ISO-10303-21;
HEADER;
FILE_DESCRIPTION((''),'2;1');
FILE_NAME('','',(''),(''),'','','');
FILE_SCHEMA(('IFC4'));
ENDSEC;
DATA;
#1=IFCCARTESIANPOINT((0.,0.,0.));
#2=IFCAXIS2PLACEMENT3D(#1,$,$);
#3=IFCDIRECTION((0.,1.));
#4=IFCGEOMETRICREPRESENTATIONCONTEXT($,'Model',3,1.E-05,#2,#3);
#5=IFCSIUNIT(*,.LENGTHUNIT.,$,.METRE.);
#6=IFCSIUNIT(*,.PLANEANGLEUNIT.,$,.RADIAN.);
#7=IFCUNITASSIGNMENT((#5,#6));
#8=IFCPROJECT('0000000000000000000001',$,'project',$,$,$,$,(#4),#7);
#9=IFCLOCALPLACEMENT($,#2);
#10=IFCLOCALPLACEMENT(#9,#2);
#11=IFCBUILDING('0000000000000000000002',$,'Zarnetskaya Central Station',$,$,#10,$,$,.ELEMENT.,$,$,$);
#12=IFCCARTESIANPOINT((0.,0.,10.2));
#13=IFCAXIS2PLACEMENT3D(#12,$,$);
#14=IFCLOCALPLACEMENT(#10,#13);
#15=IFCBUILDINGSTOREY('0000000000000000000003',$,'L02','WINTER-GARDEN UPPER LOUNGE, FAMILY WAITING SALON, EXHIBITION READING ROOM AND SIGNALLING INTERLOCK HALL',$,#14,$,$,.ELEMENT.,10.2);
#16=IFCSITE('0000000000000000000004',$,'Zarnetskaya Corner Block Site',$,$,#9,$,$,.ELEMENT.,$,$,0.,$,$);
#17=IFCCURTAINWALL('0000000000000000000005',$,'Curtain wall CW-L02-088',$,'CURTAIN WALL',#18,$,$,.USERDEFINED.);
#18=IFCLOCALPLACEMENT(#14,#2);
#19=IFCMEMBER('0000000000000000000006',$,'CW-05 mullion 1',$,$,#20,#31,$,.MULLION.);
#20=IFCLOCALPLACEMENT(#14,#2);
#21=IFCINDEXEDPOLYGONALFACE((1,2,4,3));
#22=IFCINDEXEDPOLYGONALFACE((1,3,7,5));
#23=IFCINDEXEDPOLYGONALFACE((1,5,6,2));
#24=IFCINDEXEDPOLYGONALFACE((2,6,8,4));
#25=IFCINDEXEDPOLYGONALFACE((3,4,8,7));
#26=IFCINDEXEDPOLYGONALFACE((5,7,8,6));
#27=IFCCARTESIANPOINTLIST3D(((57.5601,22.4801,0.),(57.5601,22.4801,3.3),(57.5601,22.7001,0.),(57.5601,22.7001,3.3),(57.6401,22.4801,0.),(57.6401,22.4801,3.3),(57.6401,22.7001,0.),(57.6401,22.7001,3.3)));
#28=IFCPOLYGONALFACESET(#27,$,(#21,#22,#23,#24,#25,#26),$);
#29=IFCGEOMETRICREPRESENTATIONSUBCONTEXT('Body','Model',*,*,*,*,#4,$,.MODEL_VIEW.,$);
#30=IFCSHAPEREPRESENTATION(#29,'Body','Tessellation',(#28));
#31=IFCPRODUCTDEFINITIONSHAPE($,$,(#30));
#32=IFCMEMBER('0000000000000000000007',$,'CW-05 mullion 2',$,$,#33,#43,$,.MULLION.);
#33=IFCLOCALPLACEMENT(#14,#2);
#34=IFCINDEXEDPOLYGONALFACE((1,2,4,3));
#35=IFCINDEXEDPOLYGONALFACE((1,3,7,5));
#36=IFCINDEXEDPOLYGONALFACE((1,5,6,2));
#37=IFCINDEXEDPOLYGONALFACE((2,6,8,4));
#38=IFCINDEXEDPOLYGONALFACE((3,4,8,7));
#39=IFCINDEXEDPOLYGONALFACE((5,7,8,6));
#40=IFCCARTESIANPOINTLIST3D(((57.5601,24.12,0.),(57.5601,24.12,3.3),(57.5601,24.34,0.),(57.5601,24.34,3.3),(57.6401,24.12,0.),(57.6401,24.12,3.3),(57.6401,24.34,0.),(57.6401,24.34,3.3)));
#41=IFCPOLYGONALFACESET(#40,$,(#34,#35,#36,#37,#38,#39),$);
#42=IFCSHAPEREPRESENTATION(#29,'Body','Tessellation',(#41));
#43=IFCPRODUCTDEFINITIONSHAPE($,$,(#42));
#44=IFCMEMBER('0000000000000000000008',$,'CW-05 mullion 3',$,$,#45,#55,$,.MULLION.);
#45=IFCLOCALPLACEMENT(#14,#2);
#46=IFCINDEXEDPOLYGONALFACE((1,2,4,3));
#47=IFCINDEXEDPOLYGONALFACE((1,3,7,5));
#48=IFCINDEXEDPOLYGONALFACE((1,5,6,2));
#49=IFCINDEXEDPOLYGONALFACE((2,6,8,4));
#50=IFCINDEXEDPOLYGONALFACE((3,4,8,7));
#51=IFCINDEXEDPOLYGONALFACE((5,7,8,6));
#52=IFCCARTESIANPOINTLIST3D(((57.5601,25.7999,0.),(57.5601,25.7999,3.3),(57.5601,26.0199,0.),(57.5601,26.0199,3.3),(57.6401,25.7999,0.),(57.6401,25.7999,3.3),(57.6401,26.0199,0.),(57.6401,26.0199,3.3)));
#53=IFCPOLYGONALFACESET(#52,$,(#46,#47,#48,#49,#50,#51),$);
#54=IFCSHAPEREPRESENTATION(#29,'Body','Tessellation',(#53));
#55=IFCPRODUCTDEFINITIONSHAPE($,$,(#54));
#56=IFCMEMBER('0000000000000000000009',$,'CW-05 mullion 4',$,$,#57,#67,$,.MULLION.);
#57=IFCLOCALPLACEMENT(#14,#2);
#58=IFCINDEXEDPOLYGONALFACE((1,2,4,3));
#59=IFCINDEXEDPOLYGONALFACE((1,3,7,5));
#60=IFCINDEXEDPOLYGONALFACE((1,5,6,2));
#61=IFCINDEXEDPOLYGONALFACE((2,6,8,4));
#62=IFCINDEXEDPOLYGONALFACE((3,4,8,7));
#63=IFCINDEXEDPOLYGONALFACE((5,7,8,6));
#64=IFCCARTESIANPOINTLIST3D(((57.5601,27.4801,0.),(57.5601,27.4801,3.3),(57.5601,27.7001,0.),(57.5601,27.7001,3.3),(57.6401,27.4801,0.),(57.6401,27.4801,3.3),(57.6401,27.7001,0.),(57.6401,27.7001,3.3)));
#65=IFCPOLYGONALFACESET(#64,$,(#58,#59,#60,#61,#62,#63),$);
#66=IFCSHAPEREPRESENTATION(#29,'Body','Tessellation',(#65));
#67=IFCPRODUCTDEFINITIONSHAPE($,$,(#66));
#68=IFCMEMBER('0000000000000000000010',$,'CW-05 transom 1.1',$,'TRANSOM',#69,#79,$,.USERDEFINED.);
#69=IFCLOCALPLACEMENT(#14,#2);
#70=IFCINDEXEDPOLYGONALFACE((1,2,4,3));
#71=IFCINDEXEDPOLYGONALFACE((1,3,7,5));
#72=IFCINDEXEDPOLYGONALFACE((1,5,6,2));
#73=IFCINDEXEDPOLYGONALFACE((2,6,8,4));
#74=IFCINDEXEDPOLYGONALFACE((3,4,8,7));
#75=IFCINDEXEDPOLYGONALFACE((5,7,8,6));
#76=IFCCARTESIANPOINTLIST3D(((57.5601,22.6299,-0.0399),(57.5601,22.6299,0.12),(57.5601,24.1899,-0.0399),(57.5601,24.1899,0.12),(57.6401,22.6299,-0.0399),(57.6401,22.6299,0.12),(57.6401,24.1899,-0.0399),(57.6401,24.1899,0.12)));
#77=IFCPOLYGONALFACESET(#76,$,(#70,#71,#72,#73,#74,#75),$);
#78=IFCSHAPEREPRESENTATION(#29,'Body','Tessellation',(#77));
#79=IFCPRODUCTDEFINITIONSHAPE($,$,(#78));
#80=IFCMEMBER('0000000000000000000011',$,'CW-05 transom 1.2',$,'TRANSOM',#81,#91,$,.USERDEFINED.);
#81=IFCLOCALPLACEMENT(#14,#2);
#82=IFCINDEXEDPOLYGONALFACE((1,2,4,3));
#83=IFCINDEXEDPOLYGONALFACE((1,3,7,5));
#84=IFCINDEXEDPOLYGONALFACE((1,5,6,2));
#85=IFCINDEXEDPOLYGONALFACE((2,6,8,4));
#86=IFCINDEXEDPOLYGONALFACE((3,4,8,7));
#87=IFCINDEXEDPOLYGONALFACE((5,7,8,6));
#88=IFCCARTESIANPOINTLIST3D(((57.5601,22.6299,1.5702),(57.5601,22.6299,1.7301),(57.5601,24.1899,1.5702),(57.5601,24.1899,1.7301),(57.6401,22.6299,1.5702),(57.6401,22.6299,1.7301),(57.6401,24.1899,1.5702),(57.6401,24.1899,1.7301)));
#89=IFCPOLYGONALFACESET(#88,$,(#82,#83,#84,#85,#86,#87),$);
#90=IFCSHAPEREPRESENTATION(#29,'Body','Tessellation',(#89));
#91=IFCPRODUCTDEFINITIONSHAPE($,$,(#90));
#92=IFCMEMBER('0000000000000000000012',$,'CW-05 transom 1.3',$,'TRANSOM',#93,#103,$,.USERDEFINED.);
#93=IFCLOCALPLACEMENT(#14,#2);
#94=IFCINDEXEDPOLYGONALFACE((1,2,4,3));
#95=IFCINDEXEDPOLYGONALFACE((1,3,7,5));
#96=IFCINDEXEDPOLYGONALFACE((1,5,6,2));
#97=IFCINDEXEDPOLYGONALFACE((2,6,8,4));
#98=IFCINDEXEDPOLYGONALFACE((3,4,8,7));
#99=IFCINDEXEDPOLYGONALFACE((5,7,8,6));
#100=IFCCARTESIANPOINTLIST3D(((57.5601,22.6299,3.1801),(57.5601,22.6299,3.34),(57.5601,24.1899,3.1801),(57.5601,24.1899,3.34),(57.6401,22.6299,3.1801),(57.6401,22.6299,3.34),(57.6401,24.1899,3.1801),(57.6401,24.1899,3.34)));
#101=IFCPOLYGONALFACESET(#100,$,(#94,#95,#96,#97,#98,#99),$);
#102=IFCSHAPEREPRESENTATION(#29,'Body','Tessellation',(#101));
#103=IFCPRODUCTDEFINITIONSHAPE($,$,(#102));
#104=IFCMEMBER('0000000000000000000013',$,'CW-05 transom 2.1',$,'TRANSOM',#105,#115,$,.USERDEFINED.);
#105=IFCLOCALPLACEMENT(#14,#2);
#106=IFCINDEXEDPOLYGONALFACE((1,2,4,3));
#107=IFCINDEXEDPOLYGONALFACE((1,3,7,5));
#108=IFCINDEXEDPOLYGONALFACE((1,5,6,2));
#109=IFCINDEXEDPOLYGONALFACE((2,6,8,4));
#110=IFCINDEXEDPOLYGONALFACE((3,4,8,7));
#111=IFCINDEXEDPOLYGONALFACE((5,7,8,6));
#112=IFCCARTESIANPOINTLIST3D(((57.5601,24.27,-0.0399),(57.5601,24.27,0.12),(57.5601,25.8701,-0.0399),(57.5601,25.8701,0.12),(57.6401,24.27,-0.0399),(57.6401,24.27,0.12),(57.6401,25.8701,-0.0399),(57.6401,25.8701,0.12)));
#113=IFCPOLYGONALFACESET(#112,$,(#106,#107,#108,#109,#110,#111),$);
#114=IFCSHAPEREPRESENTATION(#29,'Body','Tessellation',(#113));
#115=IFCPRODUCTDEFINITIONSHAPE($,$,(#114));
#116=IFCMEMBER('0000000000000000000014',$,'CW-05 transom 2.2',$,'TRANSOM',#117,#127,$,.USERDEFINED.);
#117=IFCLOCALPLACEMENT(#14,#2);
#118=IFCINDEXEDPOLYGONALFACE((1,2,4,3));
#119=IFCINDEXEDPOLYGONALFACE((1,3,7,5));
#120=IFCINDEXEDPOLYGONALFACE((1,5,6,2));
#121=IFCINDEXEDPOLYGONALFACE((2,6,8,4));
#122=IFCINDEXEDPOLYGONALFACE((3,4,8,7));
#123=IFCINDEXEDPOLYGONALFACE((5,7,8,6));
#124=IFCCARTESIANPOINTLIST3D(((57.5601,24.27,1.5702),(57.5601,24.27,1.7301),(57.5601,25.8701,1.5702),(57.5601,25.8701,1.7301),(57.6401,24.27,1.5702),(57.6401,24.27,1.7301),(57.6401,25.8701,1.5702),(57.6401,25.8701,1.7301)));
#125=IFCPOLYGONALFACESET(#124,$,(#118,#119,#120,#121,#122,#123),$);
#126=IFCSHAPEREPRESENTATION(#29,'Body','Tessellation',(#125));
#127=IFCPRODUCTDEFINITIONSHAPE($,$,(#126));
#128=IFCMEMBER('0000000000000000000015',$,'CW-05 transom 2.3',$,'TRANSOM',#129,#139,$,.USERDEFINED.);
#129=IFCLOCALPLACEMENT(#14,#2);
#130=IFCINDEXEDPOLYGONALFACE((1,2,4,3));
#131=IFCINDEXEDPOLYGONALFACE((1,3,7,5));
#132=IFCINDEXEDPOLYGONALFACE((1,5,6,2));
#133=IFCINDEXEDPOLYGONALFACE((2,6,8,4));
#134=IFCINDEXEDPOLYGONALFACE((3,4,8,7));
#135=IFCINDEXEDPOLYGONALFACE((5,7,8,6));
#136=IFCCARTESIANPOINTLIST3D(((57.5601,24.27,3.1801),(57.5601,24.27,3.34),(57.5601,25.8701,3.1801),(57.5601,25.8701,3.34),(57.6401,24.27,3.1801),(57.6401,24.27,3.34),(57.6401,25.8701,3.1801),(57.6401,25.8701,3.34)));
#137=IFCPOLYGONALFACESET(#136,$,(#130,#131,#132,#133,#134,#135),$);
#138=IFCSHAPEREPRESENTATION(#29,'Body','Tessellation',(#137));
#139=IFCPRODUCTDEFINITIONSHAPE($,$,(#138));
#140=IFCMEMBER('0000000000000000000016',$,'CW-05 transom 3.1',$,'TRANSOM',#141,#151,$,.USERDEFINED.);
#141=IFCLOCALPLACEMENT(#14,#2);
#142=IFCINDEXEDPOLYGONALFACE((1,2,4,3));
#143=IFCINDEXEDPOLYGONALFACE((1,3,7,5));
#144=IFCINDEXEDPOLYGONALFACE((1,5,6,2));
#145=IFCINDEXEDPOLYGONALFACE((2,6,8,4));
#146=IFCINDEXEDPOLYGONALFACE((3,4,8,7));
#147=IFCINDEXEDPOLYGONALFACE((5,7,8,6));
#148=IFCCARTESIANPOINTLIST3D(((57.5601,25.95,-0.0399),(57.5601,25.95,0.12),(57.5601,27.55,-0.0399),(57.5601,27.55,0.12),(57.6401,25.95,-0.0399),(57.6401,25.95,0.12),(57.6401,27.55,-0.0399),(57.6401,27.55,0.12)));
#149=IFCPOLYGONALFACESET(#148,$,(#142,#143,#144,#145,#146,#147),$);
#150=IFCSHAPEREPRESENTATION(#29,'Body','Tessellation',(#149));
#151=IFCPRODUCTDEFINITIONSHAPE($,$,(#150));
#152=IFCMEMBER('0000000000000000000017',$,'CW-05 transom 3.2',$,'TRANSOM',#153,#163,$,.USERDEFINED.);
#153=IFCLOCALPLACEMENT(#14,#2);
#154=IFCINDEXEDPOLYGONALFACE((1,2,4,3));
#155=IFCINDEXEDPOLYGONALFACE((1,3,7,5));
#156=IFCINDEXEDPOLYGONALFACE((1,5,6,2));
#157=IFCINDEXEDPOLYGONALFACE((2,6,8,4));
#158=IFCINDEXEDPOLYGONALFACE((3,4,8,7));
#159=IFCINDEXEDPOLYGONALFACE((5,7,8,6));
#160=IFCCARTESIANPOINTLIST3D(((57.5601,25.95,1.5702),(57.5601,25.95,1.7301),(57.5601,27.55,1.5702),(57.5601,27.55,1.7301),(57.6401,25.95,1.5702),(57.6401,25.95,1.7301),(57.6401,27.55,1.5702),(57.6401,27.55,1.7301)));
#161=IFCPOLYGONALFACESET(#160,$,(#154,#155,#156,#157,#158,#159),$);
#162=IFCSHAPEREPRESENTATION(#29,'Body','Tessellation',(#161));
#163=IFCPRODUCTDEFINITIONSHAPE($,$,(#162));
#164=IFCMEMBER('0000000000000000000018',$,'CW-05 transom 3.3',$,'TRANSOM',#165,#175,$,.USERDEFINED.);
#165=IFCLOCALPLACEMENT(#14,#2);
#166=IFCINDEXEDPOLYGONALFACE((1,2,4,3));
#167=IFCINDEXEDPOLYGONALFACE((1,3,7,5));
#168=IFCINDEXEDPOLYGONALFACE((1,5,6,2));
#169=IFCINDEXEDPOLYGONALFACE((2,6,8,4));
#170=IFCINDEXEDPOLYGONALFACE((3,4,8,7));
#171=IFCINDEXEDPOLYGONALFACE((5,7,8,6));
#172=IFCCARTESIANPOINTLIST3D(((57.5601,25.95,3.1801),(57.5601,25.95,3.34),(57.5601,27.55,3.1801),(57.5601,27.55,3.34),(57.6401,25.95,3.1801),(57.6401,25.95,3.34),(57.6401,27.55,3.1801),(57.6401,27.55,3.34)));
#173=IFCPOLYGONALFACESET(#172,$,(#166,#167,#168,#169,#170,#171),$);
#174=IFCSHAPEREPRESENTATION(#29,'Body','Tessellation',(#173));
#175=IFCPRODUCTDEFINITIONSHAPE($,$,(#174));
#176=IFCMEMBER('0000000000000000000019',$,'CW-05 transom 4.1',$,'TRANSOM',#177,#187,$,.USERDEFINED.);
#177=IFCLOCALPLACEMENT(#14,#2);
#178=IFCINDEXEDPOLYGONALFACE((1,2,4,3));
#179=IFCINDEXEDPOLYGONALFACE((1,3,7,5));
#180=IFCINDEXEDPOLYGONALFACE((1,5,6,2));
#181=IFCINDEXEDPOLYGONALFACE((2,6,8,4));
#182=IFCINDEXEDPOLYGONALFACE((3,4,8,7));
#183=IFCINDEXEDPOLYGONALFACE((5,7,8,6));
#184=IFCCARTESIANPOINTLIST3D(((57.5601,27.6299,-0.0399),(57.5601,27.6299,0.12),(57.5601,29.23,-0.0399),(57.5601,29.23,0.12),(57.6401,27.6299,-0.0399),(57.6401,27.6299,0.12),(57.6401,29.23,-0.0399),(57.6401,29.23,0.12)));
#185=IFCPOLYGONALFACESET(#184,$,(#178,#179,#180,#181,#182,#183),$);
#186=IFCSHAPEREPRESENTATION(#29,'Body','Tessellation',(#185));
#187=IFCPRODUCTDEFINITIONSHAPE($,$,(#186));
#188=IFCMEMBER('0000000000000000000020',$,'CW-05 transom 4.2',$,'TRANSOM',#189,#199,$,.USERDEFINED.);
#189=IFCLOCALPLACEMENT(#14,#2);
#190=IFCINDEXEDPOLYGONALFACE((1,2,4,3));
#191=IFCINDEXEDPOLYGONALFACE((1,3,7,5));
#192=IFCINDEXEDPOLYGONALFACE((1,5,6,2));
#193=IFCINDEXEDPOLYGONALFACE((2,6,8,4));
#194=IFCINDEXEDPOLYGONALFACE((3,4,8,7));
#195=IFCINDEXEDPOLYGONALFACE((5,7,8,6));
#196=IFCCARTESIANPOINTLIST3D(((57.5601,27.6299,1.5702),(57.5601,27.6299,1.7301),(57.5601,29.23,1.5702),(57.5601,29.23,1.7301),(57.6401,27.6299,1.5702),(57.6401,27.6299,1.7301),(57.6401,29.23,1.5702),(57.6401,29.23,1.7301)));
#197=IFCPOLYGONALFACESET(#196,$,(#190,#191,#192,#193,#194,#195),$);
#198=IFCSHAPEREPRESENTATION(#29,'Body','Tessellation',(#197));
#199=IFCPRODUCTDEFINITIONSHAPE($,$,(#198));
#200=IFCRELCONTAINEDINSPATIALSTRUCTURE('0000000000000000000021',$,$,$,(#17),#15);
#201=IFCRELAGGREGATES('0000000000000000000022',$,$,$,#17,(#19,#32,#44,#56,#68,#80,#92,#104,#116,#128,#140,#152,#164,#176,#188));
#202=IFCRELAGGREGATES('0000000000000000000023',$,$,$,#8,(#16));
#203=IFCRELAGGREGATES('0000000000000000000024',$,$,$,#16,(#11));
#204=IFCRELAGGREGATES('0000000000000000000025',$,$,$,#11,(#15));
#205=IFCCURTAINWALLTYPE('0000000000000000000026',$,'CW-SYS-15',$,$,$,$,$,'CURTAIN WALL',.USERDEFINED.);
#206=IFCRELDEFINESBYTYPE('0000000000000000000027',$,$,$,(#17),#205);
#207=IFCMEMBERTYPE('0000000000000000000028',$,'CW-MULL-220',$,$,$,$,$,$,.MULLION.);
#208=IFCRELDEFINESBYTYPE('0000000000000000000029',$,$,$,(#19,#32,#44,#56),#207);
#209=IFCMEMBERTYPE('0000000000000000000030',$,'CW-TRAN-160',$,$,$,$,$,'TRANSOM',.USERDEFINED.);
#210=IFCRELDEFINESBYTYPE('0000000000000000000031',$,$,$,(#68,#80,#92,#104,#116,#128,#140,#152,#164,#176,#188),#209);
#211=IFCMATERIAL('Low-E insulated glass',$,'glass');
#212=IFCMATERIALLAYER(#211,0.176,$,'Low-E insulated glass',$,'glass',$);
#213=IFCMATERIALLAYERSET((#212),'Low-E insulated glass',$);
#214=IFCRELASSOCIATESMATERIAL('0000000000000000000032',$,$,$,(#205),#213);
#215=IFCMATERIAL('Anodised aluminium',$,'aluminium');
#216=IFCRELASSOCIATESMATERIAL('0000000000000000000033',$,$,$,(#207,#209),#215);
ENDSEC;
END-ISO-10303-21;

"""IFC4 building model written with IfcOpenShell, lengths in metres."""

from ifc_helpers import new_model, si_unit, direction, frame, origin, origin_2d, place, context, subcontext, project, spatial, rectangle, extrude, material, layer, layer_set, material_profile, profile_set, type_object, element, aggregate, save


model = new_model("IFC4")

# Units and contexts
model_context = context("Model", 3, precision=1e-05, world=origin(), true_north=direction((0.0, 1.0)))
body_context = subcontext(model_context, "Body", "Model", "MODEL_VIEW")
ifc_project = project(units=[si_unit("LENGTHUNIT", "METRE"), si_unit("PLANEANGLEUNIT", "RADIAN")], contexts=[model_context])

# Site, building, storey
site_placement = place(None, origin())
site = spatial("IfcSite", under=ifc_project, at=site_placement, Name="Zarnetskaya Corner Block Site", CompositionType="ELEMENT", RefElevation=0.0)
building_placement = place(site_placement, origin())
building = spatial("IfcBuilding", under=site, at=building_placement, Name="Zarnetskaya Central Station", CompositionType="ELEMENT")
storey_placement = place(building_placement, frame((0.0, 0.0, 10.2)))
storey = spatial("IfcBuildingStorey", under=building, at=storey_placement, Name="L02", Description="WINTER-GARDEN UPPER LOUNGE, FAMILY WAITING SALON, EXHIBITION READING ROOM AND SIGNALLING INTERLOCK HALL", CompositionType="ELEMENT", Elevation=10.2)

# Curtain wall, members
ifc_material_1 = material(Name="Low-E insulated glass", Category="glass")
ifc_layer_1 = layer(ifc_material_1, 0.176, Name="Low-E insulated glass", Category="glass")
ifc_layer_set_1 = layer_set([ifc_layer_1], Name="Low-E insulated glass")
curtain_wall_type = type_object("IfcCurtainWallType", Name="CW-SYS-15", ElementType="CURTAIN WALL", PredefinedType="USERDEFINED", material=ifc_layer_set_1)
curtain_wall_placement = place(storey_placement, origin())
curtain_wall = element("IfcCurtainWall", 1, at=curtain_wall_placement, inside=storey, type_object=curtain_wall_type, Name="Curtain wall CW-L02-088", ObjectType="CURTAIN WALL", PredefinedType="USERDEFINED")
ifc_material_2 = material(Name="Anodised aluminium", Category="aluminium")
ifc_material_profile_1 = material_profile(ifc_material_2, rectangle(XDim=0.0801, YDim=0.22, at=origin_2d()), Name="ALU MULL 80x220")
ifc_profile_set_1 = profile_set([ifc_material_profile_1], Name="Anodised aluminium")
member_type_1 = type_object("IfcMemberType", Name="CW-MULL-220", PredefinedType="MULLION", material=ifc_profile_set_1)
member_1_placement = place(storey_placement, frame((57.6001, 22.5901, 0.0), z_axis=(0.0, 0.0, 1.0), x_axis=(-1.0, 0.0, 0.0)))
member_1 = element("IfcMember", 2, at=member_1_placement, type_object=member_type_1, Name="CW-05 mullion 1", PredefinedType="MULLION", context=body_context, shape_type="SweptSolid", body=[
    extrude(rectangle(XDim=0.0801, YDim=0.22, at=origin_2d()), origin(), (0.0, 0.0, 1.0), 3.3),
])
member_2_placement = place(storey_placement, frame((57.6001, 24.23, 0.0), z_axis=(0.0, 0.0, 1.0), x_axis=(-1.0, 0.0, 0.0)))
member_2 = element("IfcMember", 3, at=member_2_placement, type_object=member_type_1, Name="CW-05 mullion 2", PredefinedType="MULLION", context=body_context, shape_type="SweptSolid", body=[
    extrude(rectangle(XDim=0.0801, YDim=0.22, at=origin_2d()), origin(), (0.0, 0.0, 1.0), 3.3),
])
member_3_placement = place(storey_placement, frame((57.6001, 25.9099, 0.0), z_axis=(0.0, 0.0, 1.0), x_axis=(-1.0, 0.0, 0.0)))
member_3 = element("IfcMember", 4, at=member_3_placement, type_object=member_type_1, Name="CW-05 mullion 3", PredefinedType="MULLION", context=body_context, shape_type="SweptSolid", body=[
    extrude(rectangle(XDim=0.0801, YDim=0.22, at=origin_2d()), origin(), (0.0, 0.0, 1.0), 3.3),
])
member_4_placement = place(storey_placement, frame((57.6001, 27.5901, 0.0), z_axis=(0.0, 0.0, 1.0), x_axis=(-1.0, 0.0, 0.0)))
member_4 = element("IfcMember", 5, at=member_4_placement, type_object=member_type_1, Name="CW-05 mullion 4", PredefinedType="MULLION", context=body_context, shape_type="SweptSolid", body=[
    extrude(rectangle(XDim=0.0801, YDim=0.22, at=origin_2d()), origin(), (0.0, 0.0, 1.0), 3.3),
])
ifc_material_profile_2 = material_profile(ifc_material_2, rectangle(XDim=0.0801, YDim=0.1599, at=origin_2d()), Name="ALU TRAN 80x160")
ifc_profile_set_2 = profile_set([ifc_material_profile_2], Name="Anodised aluminium")
member_type_2 = type_object("IfcMemberType", Name="CW-TRAN-160", ElementType="TRANSOM", PredefinedType="USERDEFINED", material=ifc_profile_set_2)
member_5_placement = place(storey_placement, frame((57.6001, 22.6299, 0.04), z_axis=(0.0, 1.0, 0.0), x_axis=(-1.0, 0.0, 0.0)))
member_5 = element("IfcMember", 6, at=member_5_placement, type_object=member_type_2, Name="CW-05 transom 1.1", ObjectType="TRANSOM", PredefinedType="USERDEFINED", context=body_context, shape_type="SweptSolid", body=[
    extrude(rectangle(XDim=0.0801, YDim=0.1599, at=origin_2d()), origin(), (0.0, 0.0, 1.0), 1.5601),
])
member_6_placement = place(storey_placement, frame((57.6001, 22.6299, 1.6501), z_axis=(0.0, 1.0, 0.0), x_axis=(-1.0, 0.0, 0.0)))
member_6 = element("IfcMember", 7, at=member_6_placement, type_object=member_type_2, Name="CW-05 transom 1.2", ObjectType="TRANSOM", PredefinedType="USERDEFINED", context=body_context, shape_type="SweptSolid", body=[
    extrude(rectangle(XDim=0.0801, YDim=0.1599, at=origin_2d()), origin(), (0.0, 0.0, 1.0), 1.5601),
])
member_7_placement = place(storey_placement, frame((57.6001, 22.6299, 3.26), z_axis=(0.0, 1.0, 0.0), x_axis=(-1.0, 0.0, 0.0)))
member_7 = element("IfcMember", 8, at=member_7_placement, type_object=member_type_2, Name="CW-05 transom 1.3", ObjectType="TRANSOM", PredefinedType="USERDEFINED", context=body_context, shape_type="SweptSolid", body=[
    extrude(rectangle(XDim=0.0801, YDim=0.1599, at=origin_2d()), origin(), (0.0, 0.0, 1.0), 1.5601),
])
member_8_placement = place(storey_placement, frame((57.6001, 24.27, 0.04), z_axis=(0.0, 1.0, 0.0), x_axis=(-1.0, 0.0, 0.0)))
member_8 = element("IfcMember", 9, at=member_8_placement, type_object=member_type_2, Name="CW-05 transom 2.1", ObjectType="TRANSOM", PredefinedType="USERDEFINED", context=body_context, shape_type="SweptSolid", body=[
    extrude(rectangle(XDim=0.0801, YDim=0.1599, at=origin_2d()), origin(), (0.0, 0.0, 1.0), 1.6001),
])
member_9_placement = place(storey_placement, frame((57.6001, 24.27, 1.6501), z_axis=(0.0, 1.0, 0.0), x_axis=(-1.0, 0.0, 0.0)))
member_9 = element("IfcMember", 10, at=member_9_placement, type_object=member_type_2, Name="CW-05 transom 2.2", ObjectType="TRANSOM", PredefinedType="USERDEFINED", context=body_context, shape_type="SweptSolid", body=[
    extrude(rectangle(XDim=0.0801, YDim=0.1599, at=origin_2d()), origin(), (0.0, 0.0, 1.0), 1.6001),
])
member_10_placement = place(storey_placement, frame((57.6001, 24.27, 3.26), z_axis=(0.0, 1.0, 0.0), x_axis=(-1.0, 0.0, 0.0)))
member_10 = element("IfcMember", 11, at=member_10_placement, type_object=member_type_2, Name="CW-05 transom 2.3", ObjectType="TRANSOM", PredefinedType="USERDEFINED", context=body_context, shape_type="SweptSolid", body=[
    extrude(rectangle(XDim=0.0801, YDim=0.1599, at=origin_2d()), origin(), (0.0, 0.0, 1.0), 1.6001),
])
member_11_placement = place(storey_placement, frame((57.6001, 25.95, 0.04), z_axis=(0.0, 1.0, 0.0), x_axis=(-1.0, 0.0, 0.0)))
member_11 = element("IfcMember", 12, at=member_11_placement, type_object=member_type_2, Name="CW-05 transom 3.1", ObjectType="TRANSOM", PredefinedType="USERDEFINED", context=body_context, shape_type="SweptSolid", body=[
    extrude(rectangle(XDim=0.0801, YDim=0.1599, at=origin_2d()), origin(), (0.0, 0.0, 1.0), 1.6001),
])
member_12_placement = place(storey_placement, frame((57.6001, 25.95, 1.6501), z_axis=(0.0, 1.0, 0.0), x_axis=(-1.0, 0.0, 0.0)))
member_12 = element("IfcMember", 13, at=member_12_placement, type_object=member_type_2, Name="CW-05 transom 3.2", ObjectType="TRANSOM", PredefinedType="USERDEFINED", context=body_context, shape_type="SweptSolid", body=[
    extrude(rectangle(XDim=0.0801, YDim=0.1599, at=origin_2d()), origin(), (0.0, 0.0, 1.0), 1.6001),
])
member_13_placement = place(storey_placement, frame((57.6001, 25.95, 3.26), z_axis=(0.0, 1.0, 0.0), x_axis=(-1.0, 0.0, 0.0)))
member_13 = element("IfcMember", 14, at=member_13_placement, type_object=member_type_2, Name="CW-05 transom 3.3", ObjectType="TRANSOM", PredefinedType="USERDEFINED", context=body_context, shape_type="SweptSolid", body=[
    extrude(rectangle(XDim=0.0801, YDim=0.1599, at=origin_2d()), origin(), (0.0, 0.0, 1.0), 1.6001),
])
member_14_placement = place(storey_placement, frame((57.6001, 27.6299, 0.04), z_axis=(0.0, 1.0, 0.0), x_axis=(-1.0, 0.0, 0.0)))
member_14 = element("IfcMember", 15, at=member_14_placement, type_object=member_type_2, Name="CW-05 transom 4.1", ObjectType="TRANSOM", PredefinedType="USERDEFINED", context=body_context, shape_type="SweptSolid", body=[
    extrude(rectangle(XDim=0.0801, YDim=0.1599, at=origin_2d()), origin(), (0.0, 0.0, 1.0), 1.6001),
])
member_15_placement = place(storey_placement, frame((57.6001, 27.6299, 1.6501), z_axis=(0.0, 1.0, 0.0), x_axis=(-1.0, 0.0, 0.0)))
member_15 = element("IfcMember", 16, at=member_15_placement, type_object=member_type_2, Name="CW-05 transom 4.2", ObjectType="TRANSOM", PredefinedType="USERDEFINED", context=body_context, shape_type="SweptSolid", body=[
    extrude(rectangle(XDim=0.0801, YDim=0.1599, at=origin_2d()), origin(), (0.0, 0.0, 1.0), 1.6001),
])

aggregate(curtain_wall, [member_1, member_2, member_3, member_4, member_5, member_6, member_7, member_8, member_9, member_10, member_11, member_12, member_13, member_14, member_15])

save(model, "model.ifc")
